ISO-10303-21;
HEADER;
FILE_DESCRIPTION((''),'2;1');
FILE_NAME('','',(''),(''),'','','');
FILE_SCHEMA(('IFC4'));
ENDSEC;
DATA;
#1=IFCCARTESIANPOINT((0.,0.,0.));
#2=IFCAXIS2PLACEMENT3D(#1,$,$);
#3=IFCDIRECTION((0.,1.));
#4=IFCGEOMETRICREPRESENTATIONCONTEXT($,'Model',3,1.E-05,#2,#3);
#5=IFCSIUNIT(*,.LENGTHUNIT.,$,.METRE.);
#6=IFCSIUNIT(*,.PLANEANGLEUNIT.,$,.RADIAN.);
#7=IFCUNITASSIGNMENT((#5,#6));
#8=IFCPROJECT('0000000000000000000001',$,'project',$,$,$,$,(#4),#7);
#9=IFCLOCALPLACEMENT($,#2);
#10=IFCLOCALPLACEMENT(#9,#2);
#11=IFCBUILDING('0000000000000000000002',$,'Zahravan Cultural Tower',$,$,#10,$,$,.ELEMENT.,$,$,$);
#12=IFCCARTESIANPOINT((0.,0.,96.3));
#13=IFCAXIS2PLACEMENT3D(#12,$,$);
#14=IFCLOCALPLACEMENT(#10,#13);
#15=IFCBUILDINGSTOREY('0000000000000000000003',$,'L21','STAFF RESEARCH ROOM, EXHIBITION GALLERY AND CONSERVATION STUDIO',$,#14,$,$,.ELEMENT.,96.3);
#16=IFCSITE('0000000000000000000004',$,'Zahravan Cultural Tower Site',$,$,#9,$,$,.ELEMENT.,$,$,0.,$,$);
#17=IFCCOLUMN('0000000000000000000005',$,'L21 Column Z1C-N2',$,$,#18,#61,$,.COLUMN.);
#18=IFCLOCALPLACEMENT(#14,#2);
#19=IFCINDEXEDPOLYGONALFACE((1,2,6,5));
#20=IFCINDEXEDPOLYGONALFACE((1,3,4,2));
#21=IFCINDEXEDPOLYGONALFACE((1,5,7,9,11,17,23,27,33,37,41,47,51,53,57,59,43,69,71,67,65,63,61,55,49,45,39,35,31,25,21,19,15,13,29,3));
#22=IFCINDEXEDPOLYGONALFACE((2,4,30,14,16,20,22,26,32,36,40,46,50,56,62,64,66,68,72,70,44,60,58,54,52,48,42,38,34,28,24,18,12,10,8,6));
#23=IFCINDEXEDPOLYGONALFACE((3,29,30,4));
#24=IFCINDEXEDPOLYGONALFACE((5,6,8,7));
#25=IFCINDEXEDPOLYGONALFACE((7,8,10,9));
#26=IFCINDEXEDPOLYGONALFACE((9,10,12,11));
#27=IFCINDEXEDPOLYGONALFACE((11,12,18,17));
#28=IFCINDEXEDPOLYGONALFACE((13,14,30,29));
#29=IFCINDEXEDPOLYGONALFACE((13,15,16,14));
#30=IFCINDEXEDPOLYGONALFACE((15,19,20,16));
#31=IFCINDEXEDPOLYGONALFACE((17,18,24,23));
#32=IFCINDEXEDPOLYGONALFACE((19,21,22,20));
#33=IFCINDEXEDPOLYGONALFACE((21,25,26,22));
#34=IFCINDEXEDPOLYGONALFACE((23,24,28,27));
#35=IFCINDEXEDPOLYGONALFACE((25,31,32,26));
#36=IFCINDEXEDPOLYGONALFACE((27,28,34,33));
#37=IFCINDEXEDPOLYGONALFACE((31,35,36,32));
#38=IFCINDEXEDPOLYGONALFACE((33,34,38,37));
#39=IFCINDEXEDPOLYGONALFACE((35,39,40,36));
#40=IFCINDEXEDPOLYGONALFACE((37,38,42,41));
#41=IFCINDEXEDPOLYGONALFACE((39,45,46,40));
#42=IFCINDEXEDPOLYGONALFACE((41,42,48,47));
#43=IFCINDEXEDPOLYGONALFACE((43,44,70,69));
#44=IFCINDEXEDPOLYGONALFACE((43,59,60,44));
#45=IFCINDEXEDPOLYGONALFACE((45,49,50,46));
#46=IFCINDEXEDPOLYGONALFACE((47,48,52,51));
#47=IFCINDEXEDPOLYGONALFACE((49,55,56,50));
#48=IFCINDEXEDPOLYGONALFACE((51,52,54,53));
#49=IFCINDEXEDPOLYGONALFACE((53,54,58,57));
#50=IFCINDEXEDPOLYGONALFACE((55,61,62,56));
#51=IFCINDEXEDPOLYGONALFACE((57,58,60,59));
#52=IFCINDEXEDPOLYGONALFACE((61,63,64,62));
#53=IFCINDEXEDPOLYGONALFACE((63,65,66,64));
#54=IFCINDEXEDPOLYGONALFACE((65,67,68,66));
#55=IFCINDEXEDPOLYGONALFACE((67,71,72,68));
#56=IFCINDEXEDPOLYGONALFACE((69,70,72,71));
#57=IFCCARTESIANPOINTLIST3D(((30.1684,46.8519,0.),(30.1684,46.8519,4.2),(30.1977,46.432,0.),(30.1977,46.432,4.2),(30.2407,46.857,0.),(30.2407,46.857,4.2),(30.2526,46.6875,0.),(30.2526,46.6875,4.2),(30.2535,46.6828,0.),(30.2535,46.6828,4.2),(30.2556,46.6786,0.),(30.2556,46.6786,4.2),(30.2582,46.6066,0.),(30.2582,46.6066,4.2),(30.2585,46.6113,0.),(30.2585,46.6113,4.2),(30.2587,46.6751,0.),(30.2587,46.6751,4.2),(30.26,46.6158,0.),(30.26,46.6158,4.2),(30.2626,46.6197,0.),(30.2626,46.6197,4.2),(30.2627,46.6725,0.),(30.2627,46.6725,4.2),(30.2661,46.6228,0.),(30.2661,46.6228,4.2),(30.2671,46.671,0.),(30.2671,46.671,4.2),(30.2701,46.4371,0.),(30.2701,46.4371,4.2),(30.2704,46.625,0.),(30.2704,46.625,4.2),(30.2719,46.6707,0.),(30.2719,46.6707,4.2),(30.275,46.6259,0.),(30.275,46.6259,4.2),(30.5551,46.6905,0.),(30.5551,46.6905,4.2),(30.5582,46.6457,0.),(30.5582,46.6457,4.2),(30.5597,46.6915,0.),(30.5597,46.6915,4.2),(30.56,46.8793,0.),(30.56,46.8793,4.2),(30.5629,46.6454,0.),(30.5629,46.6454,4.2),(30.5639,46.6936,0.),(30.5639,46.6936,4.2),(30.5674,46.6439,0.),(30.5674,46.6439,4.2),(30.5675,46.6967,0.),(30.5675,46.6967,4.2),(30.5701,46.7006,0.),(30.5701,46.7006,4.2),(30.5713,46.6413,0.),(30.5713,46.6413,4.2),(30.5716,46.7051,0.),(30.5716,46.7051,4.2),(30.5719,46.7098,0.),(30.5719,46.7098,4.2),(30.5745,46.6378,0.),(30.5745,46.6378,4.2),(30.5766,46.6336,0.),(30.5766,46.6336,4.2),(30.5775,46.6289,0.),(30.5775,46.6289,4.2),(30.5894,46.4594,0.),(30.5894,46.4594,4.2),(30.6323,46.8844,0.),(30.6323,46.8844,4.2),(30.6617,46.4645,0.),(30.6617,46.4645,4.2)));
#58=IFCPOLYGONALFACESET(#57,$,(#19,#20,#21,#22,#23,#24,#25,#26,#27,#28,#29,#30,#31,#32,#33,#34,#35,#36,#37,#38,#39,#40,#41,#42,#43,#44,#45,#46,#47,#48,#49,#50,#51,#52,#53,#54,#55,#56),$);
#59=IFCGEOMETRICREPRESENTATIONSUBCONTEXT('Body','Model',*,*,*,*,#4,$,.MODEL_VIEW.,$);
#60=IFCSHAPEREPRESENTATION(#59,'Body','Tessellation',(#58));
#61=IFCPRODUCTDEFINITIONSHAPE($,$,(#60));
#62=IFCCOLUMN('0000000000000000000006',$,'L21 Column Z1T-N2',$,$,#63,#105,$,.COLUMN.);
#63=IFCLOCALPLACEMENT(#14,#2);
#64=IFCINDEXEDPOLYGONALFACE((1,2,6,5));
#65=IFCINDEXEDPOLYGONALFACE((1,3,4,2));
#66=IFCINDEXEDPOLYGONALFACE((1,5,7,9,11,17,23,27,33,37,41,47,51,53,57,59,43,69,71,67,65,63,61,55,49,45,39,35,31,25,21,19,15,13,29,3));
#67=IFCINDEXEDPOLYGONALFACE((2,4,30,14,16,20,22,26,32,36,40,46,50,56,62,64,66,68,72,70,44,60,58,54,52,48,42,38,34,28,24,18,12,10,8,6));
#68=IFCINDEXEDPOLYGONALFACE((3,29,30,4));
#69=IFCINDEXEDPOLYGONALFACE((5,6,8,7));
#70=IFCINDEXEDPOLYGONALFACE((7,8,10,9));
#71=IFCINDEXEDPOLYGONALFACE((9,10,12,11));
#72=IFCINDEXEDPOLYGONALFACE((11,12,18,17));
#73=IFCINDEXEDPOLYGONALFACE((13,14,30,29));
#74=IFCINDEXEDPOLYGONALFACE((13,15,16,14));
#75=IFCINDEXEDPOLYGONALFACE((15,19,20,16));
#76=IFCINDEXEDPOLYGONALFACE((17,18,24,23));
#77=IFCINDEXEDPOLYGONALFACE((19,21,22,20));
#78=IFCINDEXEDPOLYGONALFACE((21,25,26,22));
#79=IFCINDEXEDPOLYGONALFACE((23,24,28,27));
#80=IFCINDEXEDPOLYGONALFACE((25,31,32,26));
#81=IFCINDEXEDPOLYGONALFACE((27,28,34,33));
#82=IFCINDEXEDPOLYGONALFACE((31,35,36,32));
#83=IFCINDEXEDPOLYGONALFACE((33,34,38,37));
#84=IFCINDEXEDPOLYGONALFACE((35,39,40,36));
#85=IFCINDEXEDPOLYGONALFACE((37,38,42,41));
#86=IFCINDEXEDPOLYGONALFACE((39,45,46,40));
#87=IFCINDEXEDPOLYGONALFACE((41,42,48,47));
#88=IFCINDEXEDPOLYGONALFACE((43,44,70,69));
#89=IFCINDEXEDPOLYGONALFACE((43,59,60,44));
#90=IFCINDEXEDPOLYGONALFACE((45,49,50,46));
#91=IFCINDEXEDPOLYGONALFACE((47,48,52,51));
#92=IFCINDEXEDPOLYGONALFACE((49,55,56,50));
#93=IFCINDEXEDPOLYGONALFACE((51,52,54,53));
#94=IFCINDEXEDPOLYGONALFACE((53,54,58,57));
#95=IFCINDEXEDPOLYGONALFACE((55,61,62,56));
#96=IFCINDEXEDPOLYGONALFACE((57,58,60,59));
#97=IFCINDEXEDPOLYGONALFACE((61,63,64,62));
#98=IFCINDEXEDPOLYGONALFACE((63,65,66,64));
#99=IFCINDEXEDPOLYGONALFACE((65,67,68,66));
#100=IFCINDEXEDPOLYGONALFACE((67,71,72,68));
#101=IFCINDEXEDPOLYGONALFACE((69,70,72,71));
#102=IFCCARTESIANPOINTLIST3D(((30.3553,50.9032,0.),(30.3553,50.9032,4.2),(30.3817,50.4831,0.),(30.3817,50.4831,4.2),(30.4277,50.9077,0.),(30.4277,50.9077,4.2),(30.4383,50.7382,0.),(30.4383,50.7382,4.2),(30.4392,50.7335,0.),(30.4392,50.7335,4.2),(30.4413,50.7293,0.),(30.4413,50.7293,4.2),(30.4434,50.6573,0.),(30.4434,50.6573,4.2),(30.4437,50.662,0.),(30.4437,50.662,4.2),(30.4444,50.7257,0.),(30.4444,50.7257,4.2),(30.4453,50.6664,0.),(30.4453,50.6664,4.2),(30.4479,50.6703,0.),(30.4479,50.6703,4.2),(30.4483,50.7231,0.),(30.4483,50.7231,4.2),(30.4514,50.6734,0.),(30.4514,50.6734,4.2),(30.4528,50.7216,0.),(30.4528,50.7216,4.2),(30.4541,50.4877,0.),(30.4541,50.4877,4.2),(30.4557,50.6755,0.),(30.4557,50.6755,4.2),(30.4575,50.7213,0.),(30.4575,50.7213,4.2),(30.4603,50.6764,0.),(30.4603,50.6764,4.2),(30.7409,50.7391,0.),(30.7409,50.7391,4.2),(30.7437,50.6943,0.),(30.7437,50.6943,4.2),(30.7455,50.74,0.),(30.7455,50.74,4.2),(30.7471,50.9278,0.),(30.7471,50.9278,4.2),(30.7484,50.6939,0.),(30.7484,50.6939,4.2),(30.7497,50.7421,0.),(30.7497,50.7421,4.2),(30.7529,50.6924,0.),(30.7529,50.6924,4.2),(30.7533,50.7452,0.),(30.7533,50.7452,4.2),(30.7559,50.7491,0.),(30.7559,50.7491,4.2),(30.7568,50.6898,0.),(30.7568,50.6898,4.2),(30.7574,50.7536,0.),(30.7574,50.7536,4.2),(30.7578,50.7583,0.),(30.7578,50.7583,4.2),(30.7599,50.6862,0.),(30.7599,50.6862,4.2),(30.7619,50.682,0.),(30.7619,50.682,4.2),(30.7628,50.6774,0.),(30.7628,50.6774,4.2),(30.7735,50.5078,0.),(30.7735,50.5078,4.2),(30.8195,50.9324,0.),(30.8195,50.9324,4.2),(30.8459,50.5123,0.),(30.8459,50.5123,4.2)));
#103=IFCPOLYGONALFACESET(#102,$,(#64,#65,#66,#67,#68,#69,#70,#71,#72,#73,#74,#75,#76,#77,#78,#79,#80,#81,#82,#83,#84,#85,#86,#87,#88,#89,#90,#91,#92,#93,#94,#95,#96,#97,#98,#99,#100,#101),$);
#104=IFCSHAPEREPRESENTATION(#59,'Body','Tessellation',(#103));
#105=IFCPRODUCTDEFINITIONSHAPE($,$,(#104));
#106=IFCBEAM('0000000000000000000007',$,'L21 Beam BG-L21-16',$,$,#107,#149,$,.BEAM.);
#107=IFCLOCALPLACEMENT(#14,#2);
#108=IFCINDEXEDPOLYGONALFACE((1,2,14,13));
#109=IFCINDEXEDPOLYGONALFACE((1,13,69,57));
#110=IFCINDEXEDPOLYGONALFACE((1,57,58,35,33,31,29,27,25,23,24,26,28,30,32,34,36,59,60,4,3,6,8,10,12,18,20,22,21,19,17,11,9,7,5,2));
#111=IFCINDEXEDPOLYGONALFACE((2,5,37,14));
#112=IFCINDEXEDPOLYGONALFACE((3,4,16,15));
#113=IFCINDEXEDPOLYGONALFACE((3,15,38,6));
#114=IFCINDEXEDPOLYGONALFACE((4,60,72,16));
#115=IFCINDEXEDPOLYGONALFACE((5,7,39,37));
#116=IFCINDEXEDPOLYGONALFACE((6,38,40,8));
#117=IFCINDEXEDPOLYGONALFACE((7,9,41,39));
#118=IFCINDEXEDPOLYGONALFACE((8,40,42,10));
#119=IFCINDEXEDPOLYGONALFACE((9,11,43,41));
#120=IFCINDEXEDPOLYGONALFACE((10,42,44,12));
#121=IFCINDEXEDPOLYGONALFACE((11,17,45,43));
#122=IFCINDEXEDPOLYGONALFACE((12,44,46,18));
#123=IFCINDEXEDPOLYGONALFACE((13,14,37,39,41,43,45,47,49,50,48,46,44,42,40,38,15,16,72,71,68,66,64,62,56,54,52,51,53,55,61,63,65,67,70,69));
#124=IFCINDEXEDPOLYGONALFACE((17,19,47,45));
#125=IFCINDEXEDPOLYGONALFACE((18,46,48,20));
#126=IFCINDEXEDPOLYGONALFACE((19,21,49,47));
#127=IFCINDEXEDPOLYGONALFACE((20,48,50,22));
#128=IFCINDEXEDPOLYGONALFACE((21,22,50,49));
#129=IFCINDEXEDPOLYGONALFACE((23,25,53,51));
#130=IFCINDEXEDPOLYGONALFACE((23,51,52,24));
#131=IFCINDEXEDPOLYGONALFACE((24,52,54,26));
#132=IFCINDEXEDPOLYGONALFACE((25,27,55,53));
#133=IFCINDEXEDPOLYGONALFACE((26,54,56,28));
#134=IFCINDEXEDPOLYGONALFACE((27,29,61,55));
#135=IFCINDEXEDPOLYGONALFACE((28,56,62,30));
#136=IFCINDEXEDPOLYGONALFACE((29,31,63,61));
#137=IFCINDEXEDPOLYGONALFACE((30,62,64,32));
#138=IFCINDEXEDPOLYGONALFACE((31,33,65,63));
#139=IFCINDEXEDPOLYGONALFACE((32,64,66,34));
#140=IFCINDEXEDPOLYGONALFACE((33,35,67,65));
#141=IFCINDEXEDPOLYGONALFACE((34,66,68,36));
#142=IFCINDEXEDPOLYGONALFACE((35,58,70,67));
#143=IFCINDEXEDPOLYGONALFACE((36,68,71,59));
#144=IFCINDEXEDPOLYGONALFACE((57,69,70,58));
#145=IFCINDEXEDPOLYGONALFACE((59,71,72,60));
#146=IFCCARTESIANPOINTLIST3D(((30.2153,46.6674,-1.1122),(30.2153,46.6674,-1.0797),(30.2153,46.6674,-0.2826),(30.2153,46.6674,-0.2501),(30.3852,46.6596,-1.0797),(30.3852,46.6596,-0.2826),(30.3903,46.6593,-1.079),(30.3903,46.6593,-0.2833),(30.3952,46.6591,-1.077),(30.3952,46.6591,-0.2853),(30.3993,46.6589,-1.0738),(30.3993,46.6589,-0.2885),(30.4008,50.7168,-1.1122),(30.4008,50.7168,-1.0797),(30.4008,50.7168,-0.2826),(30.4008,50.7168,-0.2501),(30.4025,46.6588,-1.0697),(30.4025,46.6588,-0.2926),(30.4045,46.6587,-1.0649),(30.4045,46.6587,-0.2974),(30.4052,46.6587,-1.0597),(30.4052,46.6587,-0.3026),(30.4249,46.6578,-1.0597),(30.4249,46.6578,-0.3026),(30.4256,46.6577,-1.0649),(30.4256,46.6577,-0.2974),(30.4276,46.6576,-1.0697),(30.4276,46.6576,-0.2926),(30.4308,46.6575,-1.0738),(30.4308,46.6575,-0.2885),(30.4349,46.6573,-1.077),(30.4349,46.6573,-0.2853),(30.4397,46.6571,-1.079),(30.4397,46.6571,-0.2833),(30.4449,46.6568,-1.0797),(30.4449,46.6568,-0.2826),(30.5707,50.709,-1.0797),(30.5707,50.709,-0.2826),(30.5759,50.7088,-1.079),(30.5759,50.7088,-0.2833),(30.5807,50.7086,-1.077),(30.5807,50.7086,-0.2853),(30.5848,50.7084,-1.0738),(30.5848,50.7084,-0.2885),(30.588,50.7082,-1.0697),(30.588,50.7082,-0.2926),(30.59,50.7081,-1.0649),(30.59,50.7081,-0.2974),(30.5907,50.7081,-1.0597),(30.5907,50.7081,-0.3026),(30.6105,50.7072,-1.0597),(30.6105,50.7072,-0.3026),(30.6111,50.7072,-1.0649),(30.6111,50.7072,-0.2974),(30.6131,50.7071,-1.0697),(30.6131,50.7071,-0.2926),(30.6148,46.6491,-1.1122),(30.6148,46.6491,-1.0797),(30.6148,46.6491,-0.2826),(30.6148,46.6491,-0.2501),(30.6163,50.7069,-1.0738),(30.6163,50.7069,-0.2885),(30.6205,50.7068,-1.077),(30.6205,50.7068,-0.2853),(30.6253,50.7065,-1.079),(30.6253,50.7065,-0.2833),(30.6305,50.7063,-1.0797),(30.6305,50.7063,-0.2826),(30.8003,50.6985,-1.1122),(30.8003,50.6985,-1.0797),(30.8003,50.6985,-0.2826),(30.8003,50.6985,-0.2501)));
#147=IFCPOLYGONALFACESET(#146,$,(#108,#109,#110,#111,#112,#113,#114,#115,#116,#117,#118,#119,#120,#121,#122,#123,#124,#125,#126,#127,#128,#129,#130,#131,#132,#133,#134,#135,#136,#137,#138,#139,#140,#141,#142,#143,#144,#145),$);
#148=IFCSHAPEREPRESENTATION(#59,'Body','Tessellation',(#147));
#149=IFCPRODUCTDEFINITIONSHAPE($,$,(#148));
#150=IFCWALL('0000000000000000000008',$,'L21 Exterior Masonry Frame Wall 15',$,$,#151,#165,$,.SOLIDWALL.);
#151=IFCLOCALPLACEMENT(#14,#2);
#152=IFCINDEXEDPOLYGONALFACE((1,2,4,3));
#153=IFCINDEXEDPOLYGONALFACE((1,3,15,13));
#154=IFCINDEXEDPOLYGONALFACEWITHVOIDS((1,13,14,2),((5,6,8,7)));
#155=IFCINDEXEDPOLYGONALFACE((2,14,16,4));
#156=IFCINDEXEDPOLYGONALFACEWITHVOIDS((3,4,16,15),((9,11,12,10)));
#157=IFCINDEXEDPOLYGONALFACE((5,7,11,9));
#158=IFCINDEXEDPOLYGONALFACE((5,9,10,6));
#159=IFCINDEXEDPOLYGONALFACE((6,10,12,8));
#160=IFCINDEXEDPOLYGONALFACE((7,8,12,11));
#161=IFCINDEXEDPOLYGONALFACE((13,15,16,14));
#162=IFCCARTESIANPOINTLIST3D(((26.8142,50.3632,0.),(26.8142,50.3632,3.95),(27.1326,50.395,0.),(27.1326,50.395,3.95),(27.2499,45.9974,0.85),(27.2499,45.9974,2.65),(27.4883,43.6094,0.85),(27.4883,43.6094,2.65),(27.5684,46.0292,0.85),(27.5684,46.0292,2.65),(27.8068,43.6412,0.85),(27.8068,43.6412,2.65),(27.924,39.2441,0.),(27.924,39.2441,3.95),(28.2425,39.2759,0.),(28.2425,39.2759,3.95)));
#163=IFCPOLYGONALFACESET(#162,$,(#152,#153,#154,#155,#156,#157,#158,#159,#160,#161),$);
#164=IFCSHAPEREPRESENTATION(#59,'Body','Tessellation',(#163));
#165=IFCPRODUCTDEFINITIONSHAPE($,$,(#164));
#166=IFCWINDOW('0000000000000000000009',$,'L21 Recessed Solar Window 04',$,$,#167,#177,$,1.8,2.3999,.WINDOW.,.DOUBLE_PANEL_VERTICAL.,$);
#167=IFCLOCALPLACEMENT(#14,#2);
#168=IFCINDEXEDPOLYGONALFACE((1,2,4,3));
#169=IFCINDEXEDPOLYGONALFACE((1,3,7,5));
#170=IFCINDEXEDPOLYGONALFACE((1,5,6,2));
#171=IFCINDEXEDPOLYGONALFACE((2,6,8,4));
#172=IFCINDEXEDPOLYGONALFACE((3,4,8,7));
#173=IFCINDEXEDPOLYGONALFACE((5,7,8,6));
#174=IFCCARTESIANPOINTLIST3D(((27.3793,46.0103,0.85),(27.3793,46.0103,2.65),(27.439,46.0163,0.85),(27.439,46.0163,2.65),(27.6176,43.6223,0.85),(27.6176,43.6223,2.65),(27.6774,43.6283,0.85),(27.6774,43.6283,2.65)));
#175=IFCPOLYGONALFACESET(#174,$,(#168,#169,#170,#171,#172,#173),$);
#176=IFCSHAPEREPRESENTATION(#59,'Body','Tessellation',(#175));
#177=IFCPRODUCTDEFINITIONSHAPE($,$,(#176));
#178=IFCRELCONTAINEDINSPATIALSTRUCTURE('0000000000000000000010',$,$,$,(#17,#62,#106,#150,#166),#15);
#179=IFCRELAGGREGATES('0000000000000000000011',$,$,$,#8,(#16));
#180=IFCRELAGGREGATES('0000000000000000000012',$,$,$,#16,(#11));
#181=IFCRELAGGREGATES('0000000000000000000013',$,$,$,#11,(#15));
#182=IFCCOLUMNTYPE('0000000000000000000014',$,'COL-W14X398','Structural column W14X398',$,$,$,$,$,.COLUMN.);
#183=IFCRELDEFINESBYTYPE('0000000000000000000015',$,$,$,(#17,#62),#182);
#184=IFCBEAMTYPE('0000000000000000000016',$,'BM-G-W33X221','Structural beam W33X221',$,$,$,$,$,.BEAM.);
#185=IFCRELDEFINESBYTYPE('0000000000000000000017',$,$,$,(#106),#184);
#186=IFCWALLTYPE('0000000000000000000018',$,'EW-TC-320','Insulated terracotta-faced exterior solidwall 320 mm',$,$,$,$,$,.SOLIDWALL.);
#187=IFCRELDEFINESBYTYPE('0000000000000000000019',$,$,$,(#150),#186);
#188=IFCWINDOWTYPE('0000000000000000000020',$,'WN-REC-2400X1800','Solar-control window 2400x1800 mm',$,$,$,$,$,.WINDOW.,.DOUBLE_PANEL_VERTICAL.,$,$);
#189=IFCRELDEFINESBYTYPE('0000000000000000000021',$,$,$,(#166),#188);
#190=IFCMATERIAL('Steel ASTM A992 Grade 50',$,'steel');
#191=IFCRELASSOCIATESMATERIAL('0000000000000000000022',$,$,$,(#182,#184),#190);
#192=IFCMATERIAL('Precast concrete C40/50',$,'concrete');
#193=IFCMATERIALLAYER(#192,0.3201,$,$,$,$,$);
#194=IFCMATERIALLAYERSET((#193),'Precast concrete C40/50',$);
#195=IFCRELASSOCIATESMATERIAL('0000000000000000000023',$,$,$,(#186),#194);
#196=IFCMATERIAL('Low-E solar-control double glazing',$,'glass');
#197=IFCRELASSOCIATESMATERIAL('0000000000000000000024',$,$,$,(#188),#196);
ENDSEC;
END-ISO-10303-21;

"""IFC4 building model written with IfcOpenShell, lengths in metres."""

from ifc_helpers import new_model, si_unit, direction, frame, frame_2d, origin, origin_2d, place, context, subcontext, project, spatial, rectangle, i_section, extrude, source, transform, mapped, material, layer, layer_set, material_profile, profile_set, type_object, element, fill, save


model = new_model("IFC4")

# Units and contexts
model_context = context("Model", 3, precision=1e-05, world=origin(), true_north=direction((0.0, 1.0)))
body_context = subcontext(model_context, "Body", "Model", "MODEL_VIEW")
ifc_project = project(units=[si_unit("LENGTHUNIT", "METRE"), si_unit("PLANEANGLEUNIT", "RADIAN")], contexts=[model_context])

# Site, building, storey
site_placement = place(None, origin())
site = spatial("IfcSite", under=ifc_project, at=site_placement, Name="Zahravan Cultural Tower Site", CompositionType="ELEMENT", RefElevation=0.0)
building_placement = place(site_placement, origin())
building = spatial("IfcBuilding", under=site, at=building_placement, Name="Zahravan Cultural Tower", CompositionType="ELEMENT")
storey_placement = place(building_placement, frame((0.0, 0.0, 96.3)))
storey = spatial("IfcBuildingStorey", under=building, at=storey_placement, Name="L21", Description="STAFF RESEARCH ROOM, EXHIBITION GALLERY AND CONSERVATION STUDIO", CompositionType="ELEMENT", Elevation=96.3)

# Columns
ifc_material_1 = material(Name="Steel ASTM A992 Grade 50", Category="steel")
ifc_material_profile_1 = material_profile(ifc_material_1, i_section(OverallWidth=0.4209, OverallDepth=0.4651, WebThickness=0.0449, FlangeThickness=0.0725, FilletRadius=0.0181, at=origin_2d()), Name="W14X398")
ifc_profile_set_1 = profile_set([ifc_material_profile_1], Name="Steel ASTM A992 Grade 50")
column_type = type_object("IfcColumnType", Name="COL-W14X398", Description="Structural column W14X398", PredefinedType="COLUMN", material=ifc_profile_set_1)
shared_shape_1 = source(origin(), body_context, "Body", "SweptSolid", [
    extrude(i_section(OverallWidth=0.4209, OverallDepth=0.4651, WebThickness=0.0449, FlangeThickness=0.0725, FilletRadius=0.0181, at=origin_2d()), origin(), (0.0, 0.0, 1.0), 4.2),
])
for number, where, z_axis, x_axis, name in (
    (1, (30.415, 46.6582, 0.0), (0.0, 0.0, 1.0), (-0.069756, 0.997564, 0.0), "L21 Column Z1C-N2"),
    (2, (30.6006, 50.7078, 0.0), (0.0, 0.0, 1.0), (-0.062791, 0.998027, 0.0), "L21 Column Z1T-N2"),
):
    element("IfcColumn", number, at=place(storey_placement, frame(where, z_axis=z_axis, x_axis=x_axis)), inside=storey, type_object=column_type, Name=name, PredefinedType="COLUMN", context=body_context, shape_type="MappedRepresentation", body=[
        mapped(shared_shape_1, transform((0.0, 0.0, 0.0), x_axis=(1.0, 0.0, 0.0), y_axis=(0.0, 1.0, 0.0), z_axis=(0.0, 0.0, 1.0), scale=1.0)),
    ])

# Beam
ifc_material_profile_2 = material_profile(ifc_material_1, i_section(OverallWidth=0.3999, OverallDepth=0.8621, WebThickness=0.0198, FlangeThickness=0.0325, FilletRadius=0.02, at=origin_2d()), Name="W33X221")
ifc_profile_set_2 = profile_set([ifc_material_profile_2], Name="Steel ASTM A992 Grade 50")
beam_type = type_object("IfcBeamType", Name="BM-G-W33X221", Description="Structural beam W33X221", PredefinedType="BEAM", material=ifc_profile_set_2)
shared_shape_2 = source(origin(), body_context, "Body", "SweptSolid", [
    extrude(i_section(OverallWidth=0.3999, OverallDepth=0.8621, WebThickness=0.0198, FlangeThickness=0.0325, FilletRadius=0.02, at=origin_2d()), origin(), (0.0, 0.0, 1.0), 4.0537),
])
beam_placement = place(storey_placement, frame((30.415, 46.6582, -0.6812), z_axis=(0.045771, 0.998952, 0.0), x_axis=(-0.998952, 0.045771, 0.0)))
element("IfcBeam", 3, at=beam_placement, inside=storey, type_object=beam_type, Name="L21 Beam BG-L21-16", PredefinedType="BEAM", context=body_context, shape_type="MappedRepresentation", body=[
    mapped(shared_shape_2, transform((0.0, 0.0, 0.0), x_axis=(1.0, 0.0, 0.0), y_axis=(0.0, 1.0, 0.0), z_axis=(0.0, 0.0, 1.0), scale=1.0)),
])

# Shared definitions
ifc_material_2 = material(Name="Precast concrete C40/50", Category="concrete")
ifc_layer_1 = layer(ifc_material_2, 0.3201)
ifc_layer_set_1 = layer_set([ifc_layer_1], Name="Precast concrete C40/50")
wall_type_1 = type_object("IfcWallType", Name="EW-TC-320", Description="Insulated terracotta-faced exterior solidwall 320 mm", PredefinedType="SOLIDWALL", material=ifc_layer_set_1)

# Wall, opening, window
wall_1_placement = place(storey_placement, frame((28.0833, 39.26, 0.0), z_axis=(0.0, 0.0, 1.0), x_axis=(-0.099322, 0.995055, 0.0)))
wall_1 = element("IfcWall", 4, at=wall_1_placement, inside=storey, type_object=wall_type_1, Name="L21 Exterior Masonry Frame Wall 15", PredefinedType="SOLIDWALL", context=body_context, shape_type="SweptSolid", body=[
    extrude(rectangle(XDim=11.1743, YDim=0.3201, at=frame_2d((5.5872, 0.0))), origin(), (0.0, 0.0, 1.0), 3.95),
])
opening_1_placement = place(wall_1_placement, frame((4.387, 0.0, 0.8501)))
opening_1 = element("IfcOpeningElement", 5, at=opening_1_placement, cuts=wall_1, PredefinedType="OPENING", context=body_context, shape_type="SweptSolid", body=[
    extrude(rectangle(XDim=2.3999, YDim=1.8, at=frame_2d((1.2, 0.8999))), frame((0.0, 0.1699, 0.0), z_axis=(0.0, -1.0, 0.0), x_axis=(1.0, 0.0, 0.0)), (0.0, 0.0, 1.0), 0.3401),
])
ifc_material_3 = material(Name="Low-E solar-control double glazing", Category="glass")
window_type = type_object("IfcWindowType", Name="WN-REC-2400X1800", Description="Solar-control window 2400x1800 mm", PartitioningType="DOUBLE_PANEL_VERTICAL", PredefinedType="WINDOW", material=ifc_material_3)
shared_shape_3 = source(origin(), body_context, "Body", "SweptSolid", [
    extrude(rectangle(XDim=2.3999, YDim=1.8, at=frame_2d((1.2, 0.8999))), frame((0.0, 0.03, 0.0), z_axis=(0.0, -1.0, 0.0), x_axis=(1.0, 0.0, 0.0)), (0.0, 0.0, 1.0), 0.0601),
])
window_1_placement = place(opening_1_placement, origin())
window_1 = element("IfcWindow", 6, at=window_1_placement, inside=storey, type_object=window_type, Name="L21 Recessed Solar Window 04", OverallHeight=1.8, OverallWidth=2.3999, PartitioningType="DOUBLE_PANEL_VERTICAL", PredefinedType="WINDOW", context=body_context, shape_type="MappedRepresentation", body=[
    mapped(shared_shape_3, transform((0.0, 0.0, 0.0), x_axis=(1.0, 0.0, 0.0), y_axis=(0.0, 1.0, 0.0), z_axis=(0.0, 0.0, 1.0), scale=1.0)),
])
fill(opening_1, window_1)

save(model, "model.ifc")
